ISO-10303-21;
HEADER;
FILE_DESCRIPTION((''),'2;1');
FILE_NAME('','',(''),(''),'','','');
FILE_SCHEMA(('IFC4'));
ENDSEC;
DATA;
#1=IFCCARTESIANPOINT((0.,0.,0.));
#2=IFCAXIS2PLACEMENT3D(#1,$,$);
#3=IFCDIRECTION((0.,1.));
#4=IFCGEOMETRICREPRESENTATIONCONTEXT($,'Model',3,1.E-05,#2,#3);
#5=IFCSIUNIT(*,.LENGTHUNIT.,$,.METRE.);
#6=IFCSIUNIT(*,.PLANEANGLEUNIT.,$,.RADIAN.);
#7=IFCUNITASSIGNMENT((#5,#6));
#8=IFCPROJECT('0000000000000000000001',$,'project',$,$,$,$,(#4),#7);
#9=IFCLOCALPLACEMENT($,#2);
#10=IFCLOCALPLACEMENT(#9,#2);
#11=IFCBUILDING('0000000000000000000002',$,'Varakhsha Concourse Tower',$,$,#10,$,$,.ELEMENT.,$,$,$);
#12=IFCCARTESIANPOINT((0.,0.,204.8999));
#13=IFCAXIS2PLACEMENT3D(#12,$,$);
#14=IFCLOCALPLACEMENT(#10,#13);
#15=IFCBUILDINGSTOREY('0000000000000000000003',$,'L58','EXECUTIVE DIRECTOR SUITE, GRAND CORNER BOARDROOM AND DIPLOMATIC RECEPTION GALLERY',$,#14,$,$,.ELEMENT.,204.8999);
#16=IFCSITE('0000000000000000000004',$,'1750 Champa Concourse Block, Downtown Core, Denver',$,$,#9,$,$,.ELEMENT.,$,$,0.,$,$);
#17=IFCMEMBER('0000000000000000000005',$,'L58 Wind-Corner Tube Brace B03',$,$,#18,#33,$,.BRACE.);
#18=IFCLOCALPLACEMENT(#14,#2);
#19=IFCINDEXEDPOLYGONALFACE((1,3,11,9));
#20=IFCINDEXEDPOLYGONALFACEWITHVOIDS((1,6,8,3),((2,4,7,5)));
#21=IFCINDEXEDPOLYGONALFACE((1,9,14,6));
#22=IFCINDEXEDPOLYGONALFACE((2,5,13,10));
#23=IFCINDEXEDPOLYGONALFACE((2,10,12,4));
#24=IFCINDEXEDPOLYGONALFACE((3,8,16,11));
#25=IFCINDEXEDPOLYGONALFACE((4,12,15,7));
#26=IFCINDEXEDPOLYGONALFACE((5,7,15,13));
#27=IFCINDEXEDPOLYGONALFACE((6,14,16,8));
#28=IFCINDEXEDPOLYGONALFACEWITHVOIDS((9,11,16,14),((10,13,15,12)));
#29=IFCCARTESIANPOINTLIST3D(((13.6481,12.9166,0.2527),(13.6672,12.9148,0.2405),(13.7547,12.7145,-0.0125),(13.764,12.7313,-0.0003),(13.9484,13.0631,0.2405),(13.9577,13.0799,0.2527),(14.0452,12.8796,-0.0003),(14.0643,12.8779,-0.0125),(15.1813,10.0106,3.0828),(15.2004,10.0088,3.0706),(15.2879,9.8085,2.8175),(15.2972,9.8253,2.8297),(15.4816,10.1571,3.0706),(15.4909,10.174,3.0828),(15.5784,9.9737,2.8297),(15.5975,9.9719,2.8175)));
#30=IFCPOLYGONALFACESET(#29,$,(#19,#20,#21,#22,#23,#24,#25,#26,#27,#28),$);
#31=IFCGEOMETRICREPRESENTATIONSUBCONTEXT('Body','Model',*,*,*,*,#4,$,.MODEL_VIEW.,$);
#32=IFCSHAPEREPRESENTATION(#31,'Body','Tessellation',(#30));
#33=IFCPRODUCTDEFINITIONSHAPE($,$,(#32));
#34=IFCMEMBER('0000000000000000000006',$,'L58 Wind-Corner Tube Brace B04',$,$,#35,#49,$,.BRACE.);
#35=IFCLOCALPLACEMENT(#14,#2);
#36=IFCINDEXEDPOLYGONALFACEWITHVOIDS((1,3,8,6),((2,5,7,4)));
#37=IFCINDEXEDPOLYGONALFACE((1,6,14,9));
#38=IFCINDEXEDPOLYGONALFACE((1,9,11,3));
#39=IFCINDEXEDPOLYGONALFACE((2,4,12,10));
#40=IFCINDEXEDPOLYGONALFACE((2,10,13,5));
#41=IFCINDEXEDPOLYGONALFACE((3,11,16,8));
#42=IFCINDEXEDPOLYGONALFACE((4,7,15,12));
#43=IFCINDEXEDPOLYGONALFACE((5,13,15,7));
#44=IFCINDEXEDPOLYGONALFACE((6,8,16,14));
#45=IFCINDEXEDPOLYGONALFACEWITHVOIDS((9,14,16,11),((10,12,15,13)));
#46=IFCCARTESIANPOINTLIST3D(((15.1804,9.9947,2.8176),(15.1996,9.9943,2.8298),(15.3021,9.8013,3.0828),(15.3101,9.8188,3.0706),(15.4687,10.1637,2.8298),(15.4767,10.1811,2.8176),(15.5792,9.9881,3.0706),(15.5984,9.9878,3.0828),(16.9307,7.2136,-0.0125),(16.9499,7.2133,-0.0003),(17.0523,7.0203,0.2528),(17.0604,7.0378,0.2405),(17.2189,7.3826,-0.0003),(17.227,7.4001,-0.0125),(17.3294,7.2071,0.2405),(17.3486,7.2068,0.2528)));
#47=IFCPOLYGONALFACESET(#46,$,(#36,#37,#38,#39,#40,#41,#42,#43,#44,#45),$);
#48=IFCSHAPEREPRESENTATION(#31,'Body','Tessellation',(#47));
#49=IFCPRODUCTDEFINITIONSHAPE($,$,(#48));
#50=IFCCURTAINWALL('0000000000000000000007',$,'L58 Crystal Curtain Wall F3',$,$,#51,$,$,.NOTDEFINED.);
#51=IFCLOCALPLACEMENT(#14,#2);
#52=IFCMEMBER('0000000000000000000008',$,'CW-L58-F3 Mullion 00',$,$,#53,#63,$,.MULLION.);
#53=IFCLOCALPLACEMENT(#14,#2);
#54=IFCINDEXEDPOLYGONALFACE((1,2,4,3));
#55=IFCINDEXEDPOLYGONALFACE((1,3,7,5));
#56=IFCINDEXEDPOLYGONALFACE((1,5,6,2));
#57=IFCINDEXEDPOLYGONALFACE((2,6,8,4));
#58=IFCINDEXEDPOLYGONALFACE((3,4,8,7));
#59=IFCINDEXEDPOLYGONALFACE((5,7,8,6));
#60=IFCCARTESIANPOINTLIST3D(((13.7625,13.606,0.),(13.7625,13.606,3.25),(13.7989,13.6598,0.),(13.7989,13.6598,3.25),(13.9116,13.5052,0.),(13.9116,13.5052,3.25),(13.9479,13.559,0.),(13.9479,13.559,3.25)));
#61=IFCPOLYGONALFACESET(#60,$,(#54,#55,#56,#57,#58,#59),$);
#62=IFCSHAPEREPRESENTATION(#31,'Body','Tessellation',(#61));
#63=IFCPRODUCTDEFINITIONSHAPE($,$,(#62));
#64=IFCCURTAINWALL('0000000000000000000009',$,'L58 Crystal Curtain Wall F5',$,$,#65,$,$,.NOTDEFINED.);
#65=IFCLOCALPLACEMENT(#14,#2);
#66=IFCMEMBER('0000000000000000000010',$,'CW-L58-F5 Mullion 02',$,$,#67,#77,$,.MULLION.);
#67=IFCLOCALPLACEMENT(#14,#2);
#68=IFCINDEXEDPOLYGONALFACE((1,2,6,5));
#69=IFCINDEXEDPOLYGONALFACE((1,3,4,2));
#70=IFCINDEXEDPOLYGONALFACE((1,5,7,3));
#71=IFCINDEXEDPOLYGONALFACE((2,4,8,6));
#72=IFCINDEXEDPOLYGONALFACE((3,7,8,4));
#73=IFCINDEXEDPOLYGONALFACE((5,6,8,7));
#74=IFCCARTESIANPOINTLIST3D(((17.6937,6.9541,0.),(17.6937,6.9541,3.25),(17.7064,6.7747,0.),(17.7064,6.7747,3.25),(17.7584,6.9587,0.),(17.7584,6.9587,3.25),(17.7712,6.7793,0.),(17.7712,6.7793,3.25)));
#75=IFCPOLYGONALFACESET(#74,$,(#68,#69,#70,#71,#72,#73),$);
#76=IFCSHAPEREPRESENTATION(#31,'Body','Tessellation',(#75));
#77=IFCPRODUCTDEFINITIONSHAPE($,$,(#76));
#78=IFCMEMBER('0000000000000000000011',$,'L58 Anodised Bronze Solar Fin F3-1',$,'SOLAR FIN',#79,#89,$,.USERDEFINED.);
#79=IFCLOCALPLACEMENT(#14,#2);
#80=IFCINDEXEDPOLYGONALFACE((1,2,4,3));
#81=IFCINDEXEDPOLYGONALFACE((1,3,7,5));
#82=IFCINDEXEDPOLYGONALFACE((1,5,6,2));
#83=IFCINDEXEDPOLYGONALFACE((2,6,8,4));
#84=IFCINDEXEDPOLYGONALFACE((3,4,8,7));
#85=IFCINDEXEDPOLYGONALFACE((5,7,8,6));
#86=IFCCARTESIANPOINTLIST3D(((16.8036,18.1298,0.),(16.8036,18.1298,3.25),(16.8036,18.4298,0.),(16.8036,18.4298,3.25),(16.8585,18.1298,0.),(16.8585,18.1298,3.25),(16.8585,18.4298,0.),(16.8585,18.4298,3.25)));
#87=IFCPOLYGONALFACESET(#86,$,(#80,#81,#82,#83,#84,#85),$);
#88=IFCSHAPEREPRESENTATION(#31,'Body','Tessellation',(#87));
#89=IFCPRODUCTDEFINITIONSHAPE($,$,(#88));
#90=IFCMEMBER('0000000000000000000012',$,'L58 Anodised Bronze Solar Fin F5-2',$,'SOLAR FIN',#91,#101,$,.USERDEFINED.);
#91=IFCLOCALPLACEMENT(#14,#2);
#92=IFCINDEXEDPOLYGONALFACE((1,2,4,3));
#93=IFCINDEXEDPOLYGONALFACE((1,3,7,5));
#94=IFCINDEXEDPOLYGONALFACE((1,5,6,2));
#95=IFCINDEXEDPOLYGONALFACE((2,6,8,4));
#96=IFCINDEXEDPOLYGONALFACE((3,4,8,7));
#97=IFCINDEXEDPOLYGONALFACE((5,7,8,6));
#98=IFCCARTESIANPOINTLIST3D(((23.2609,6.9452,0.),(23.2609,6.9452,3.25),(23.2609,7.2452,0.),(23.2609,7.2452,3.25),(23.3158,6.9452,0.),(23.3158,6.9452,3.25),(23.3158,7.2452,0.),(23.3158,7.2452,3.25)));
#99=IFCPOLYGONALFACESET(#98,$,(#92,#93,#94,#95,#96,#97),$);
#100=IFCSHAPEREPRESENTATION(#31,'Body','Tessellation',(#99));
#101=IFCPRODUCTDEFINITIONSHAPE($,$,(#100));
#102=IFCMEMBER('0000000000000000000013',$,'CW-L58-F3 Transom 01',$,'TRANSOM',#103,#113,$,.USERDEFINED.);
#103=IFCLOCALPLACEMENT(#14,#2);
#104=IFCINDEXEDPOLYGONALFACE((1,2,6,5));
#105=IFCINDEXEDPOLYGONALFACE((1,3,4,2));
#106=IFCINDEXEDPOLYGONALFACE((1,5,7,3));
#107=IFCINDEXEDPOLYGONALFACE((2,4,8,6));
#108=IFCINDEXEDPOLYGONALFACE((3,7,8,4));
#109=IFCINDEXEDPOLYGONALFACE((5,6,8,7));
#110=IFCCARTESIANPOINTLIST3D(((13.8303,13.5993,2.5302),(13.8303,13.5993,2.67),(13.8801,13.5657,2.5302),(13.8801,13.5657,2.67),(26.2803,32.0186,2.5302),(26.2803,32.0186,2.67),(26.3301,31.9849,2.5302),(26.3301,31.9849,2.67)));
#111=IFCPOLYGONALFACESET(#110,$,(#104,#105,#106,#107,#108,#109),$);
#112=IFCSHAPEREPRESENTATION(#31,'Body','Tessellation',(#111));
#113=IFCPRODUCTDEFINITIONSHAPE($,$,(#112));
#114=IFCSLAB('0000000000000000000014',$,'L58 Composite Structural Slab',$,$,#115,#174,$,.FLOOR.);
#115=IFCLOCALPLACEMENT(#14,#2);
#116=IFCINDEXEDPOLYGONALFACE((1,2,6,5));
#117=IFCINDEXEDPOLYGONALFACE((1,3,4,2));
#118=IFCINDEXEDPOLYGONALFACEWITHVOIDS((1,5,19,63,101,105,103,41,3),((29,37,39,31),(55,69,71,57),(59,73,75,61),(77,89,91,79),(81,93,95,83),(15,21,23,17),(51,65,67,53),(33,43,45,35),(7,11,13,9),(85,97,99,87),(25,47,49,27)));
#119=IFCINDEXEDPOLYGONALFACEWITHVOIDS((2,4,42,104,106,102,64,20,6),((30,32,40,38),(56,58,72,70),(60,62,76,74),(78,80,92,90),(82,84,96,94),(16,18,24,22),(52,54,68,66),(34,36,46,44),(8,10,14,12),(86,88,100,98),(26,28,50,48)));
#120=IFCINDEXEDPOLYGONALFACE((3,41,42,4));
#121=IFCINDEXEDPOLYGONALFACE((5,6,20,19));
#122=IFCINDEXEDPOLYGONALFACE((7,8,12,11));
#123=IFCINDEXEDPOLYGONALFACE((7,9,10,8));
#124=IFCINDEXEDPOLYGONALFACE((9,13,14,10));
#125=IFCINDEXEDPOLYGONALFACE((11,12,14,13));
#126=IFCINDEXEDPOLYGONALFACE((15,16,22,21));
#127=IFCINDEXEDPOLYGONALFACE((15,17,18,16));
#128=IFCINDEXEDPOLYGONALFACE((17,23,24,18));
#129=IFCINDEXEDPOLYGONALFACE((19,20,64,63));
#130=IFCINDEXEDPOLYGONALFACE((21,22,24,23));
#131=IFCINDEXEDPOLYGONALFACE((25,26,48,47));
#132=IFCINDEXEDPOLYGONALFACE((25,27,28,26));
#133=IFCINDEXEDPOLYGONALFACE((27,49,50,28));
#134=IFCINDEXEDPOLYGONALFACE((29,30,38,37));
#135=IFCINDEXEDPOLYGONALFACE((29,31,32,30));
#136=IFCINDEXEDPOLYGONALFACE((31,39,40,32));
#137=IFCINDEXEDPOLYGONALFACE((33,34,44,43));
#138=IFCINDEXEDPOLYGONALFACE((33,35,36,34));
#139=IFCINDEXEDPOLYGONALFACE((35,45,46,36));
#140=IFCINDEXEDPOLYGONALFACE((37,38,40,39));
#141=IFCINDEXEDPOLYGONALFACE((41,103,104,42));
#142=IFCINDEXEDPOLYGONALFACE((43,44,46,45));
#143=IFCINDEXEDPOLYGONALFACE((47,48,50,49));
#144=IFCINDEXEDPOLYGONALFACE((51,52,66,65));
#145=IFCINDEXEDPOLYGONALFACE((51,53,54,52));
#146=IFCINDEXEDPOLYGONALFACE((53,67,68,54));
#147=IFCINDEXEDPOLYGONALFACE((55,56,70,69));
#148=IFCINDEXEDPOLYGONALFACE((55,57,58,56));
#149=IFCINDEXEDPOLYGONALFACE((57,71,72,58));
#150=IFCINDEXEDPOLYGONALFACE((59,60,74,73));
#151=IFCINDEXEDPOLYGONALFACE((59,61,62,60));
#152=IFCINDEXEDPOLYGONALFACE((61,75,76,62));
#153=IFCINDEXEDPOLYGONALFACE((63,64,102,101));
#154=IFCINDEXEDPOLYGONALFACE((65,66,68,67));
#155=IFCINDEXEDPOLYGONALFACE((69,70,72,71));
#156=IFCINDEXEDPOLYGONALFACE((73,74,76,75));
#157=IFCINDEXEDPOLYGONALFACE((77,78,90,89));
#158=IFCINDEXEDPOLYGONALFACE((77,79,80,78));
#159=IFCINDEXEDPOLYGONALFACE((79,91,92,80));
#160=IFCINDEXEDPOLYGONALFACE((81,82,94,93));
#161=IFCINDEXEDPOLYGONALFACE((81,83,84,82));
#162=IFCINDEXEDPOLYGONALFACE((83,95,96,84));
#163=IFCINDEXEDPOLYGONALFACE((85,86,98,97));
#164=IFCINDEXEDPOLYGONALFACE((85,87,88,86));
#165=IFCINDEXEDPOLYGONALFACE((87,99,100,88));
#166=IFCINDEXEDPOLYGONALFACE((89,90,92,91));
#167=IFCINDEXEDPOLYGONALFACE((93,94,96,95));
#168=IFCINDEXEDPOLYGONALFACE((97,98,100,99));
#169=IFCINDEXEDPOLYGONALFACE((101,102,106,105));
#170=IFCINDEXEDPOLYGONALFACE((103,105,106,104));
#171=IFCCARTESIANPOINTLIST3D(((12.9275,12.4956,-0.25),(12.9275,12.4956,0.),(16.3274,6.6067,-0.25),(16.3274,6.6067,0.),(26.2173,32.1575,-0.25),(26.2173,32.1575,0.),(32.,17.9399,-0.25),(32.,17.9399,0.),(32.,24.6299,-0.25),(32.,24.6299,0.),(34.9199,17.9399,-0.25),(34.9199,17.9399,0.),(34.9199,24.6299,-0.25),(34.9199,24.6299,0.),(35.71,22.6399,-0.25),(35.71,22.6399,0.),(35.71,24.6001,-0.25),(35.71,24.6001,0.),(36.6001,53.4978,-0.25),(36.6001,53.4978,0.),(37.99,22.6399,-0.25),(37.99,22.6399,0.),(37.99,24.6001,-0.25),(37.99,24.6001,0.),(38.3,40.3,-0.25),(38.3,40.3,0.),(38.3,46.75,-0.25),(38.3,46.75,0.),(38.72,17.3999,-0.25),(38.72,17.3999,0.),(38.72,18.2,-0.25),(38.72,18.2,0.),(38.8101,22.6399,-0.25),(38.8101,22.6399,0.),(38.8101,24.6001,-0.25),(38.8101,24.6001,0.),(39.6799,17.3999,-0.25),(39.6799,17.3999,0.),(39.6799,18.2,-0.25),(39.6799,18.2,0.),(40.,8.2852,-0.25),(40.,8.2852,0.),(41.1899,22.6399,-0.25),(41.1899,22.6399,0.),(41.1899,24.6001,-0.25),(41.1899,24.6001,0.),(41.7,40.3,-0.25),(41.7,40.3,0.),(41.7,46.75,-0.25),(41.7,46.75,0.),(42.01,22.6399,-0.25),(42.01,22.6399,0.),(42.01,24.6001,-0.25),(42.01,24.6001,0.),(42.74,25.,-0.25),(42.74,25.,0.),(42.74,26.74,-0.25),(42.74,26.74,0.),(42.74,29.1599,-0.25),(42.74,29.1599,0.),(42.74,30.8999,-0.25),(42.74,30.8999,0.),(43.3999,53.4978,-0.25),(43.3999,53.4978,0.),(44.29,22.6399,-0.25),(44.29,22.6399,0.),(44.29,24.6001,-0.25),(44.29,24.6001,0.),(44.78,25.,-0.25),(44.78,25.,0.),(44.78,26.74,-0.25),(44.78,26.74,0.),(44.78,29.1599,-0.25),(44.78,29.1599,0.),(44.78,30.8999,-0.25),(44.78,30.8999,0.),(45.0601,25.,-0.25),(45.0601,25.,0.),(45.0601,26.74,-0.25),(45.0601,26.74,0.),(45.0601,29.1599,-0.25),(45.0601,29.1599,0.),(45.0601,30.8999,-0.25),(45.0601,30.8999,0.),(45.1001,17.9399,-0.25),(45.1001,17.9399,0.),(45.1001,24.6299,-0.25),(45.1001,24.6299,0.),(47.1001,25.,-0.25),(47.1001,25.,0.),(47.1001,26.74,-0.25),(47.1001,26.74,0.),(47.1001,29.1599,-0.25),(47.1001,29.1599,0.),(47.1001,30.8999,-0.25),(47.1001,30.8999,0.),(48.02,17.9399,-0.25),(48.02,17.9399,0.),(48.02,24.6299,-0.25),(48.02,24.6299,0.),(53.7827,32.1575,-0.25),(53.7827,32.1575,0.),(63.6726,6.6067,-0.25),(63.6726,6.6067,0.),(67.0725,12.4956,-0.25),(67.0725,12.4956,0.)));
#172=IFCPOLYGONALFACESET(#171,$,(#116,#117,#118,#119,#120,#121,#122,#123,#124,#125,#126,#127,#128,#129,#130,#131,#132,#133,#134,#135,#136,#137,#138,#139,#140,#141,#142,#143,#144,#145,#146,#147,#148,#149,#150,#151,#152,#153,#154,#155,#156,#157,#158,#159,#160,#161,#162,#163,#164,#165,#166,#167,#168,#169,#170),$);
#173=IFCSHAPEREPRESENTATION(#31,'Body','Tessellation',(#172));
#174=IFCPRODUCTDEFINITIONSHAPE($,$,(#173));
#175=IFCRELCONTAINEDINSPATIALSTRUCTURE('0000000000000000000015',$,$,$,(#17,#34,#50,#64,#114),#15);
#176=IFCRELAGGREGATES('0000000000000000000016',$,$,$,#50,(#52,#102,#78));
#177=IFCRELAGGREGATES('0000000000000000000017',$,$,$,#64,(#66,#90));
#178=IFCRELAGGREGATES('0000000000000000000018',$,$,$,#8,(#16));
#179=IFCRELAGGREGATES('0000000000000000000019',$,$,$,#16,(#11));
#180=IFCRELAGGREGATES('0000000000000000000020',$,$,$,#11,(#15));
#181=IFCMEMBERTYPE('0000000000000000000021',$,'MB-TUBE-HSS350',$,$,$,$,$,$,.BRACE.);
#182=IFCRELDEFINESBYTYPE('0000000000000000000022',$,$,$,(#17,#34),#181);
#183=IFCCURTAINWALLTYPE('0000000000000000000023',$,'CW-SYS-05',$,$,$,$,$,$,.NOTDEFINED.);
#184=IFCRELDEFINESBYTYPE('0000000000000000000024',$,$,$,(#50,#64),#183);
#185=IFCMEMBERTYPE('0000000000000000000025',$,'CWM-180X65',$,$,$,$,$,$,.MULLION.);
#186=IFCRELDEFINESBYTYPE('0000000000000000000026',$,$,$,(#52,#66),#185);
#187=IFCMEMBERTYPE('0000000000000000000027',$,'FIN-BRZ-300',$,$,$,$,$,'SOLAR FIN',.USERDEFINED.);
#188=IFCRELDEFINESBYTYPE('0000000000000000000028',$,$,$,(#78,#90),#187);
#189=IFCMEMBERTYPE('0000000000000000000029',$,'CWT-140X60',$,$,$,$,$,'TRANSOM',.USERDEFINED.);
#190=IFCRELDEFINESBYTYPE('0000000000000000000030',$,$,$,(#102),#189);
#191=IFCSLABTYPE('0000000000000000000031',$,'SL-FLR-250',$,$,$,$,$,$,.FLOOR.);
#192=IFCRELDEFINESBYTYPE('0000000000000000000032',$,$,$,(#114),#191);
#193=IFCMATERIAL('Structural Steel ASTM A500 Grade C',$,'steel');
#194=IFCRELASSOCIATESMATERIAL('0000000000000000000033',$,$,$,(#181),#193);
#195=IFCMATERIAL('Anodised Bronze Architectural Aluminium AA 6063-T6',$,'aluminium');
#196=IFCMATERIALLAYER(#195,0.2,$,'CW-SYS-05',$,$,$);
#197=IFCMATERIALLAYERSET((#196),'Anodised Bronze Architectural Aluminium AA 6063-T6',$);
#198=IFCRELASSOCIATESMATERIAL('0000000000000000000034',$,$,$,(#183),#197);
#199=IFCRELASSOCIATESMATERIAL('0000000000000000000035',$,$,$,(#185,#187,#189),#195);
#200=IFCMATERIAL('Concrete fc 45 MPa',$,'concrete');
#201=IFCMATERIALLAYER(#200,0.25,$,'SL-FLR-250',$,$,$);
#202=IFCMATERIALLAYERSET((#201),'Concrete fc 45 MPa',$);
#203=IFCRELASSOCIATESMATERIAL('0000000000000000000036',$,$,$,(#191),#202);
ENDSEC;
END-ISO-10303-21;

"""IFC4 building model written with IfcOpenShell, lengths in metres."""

from ifc_helpers import new_model, si_unit, direction, frame, origin, origin_2d, place, context, subcontext, project, spatial, polyline, rectangle, hollow_rectangle, outline, extrude, source, transform, mapped, material, layer, layer_set, material_profile, profile_set, type_object, type_shapes, element, aggregate, save


model = new_model("IFC4")

# Units and contexts
model_context = context("Model", 3, precision=1e-05, world=origin(), true_north=direction((0.0, 1.0)))
body_context = subcontext(model_context, "Body", "Model", "MODEL_VIEW")
ifc_project = project(units=[si_unit("LENGTHUNIT", "METRE"), si_unit("PLANEANGLEUNIT", "RADIAN")], contexts=[model_context])

# Site, building, storey
site_placement = place(None, origin())
site = spatial("IfcSite", under=ifc_project, at=site_placement, Name="1750 Champa Concourse Block, Downtown Core, Denver", CompositionType="ELEMENT", RefElevation=0.0)
building_placement = place(site_placement, origin())
building = spatial("IfcBuilding", under=site, at=building_placement, Name="Varakhsha Concourse Tower", CompositionType="ELEMENT")
storey_placement = place(building_placement, frame((0.0, 0.0, 204.8999)))
storey = spatial("IfcBuildingStorey", under=building, at=storey_placement, Name="L58", Description="EXECUTIVE DIRECTOR SUITE, GRAND CORNER BOARDROOM AND DIPLOMATIC RECEPTION GALLERY", CompositionType="ELEMENT", Elevation=204.8999)

# Members
ifc_material_1 = material(Name="Structural Steel ASTM A500 Grade C", Category="steel")
ifc_material_profile_1 = material_profile(ifc_material_1, hollow_rectangle(XDim=0.3501, YDim=0.3501, WallThickness=0.0161, at=origin_2d()), Name="HSS 350x350x16")
ifc_profile_set_1 = profile_set([ifc_material_profile_1], Name="Structural Steel ASTM A500 Grade C")
member_type_1 = type_object("IfcMemberType", Name="MB-TUBE-HSS350", PredefinedType="BRACE", material=ifc_profile_set_1)
shared_shape_1 = source(origin(), body_context, "Body", "SweptSolid", [
    extrude(hollow_rectangle(XDim=0.3501, YDim=0.3501, WallThickness=0.0161, at=origin_2d()), origin(), (0.0, 0.0, 1.0), 4.3364),
])
member_1_placement = place(storey_placement, frame((13.8562, 12.8972, 0.1201), z_axis=(0.353561, -0.670133, 0.652623), x_axis=(0.88445, 0.466634, 0.0)))
element("IfcMember", 1, at=member_1_placement, inside=storey, type_object=member_type_1, Name="L58 Wind-Corner Tube Brace B03", PredefinedType="BRACE", context=body_context, shape_type="MappedRepresentation", body=[
    mapped(shared_shape_1, transform((0.0, 0.0, 0.0), scale=1.0)),
])
shared_shape_2 = source(origin(), body_context, "Body", "SweptSolid", [
    extrude(hollow_rectangle(XDim=0.3501, YDim=0.3501, WallThickness=0.0161, at=origin_2d()), origin(), (0.0, 0.0, 1.0), 4.3367),
])
type_shapes(member_type_1, [shared_shape_1, shared_shape_2])
member_2_placement = place(storey_placement, frame((17.1396, 7.2102, 0.1201), z_axis=(-0.403592, 0.641277, 0.652593), x_axis=(-0.846337, -0.532648, 0.0)))
element("IfcMember", 2, at=member_2_placement, inside=storey, type_object=member_type_1, Name="L58 Wind-Corner Tube Brace B04", PredefinedType="BRACE", context=body_context, shape_type="MappedRepresentation", body=[
    mapped(shared_shape_2, transform((0.0, 0.0, 0.0), scale=1.0)),
])

# Curtain walls, members
ifc_material_2 = material(Name="Anodised Bronze Architectural Aluminium AA 6063-T6", Category="aluminium")
ifc_layer_1 = layer(ifc_material_2, 0.2, Name="CW-SYS-05")
ifc_layer_set_1 = layer_set([ifc_layer_1], Name="Anodised Bronze Architectural Aluminium AA 6063-T6")
curtain_wall_type = type_object("IfcCurtainWallType", Name="CW-SYS-05", PredefinedType="NOTDEFINED", material=ifc_layer_set_1)
curtain_wall_1_placement = place(storey_placement, origin())
curtain_wall_1 = element("IfcCurtainWall", 3, at=curtain_wall_1_placement, inside=storey, type_object=curtain_wall_type, Name="L58 Crystal Curtain Wall F3", PredefinedType="NOTDEFINED")
ifc_material_profile_2 = material_profile(ifc_material_2, rectangle(XDim=0.0649, YDim=0.1799, at=origin_2d()), Name="CWM-180X65")
ifc_profile_set_2 = profile_set([ifc_material_profile_2], Name="Anodised Bronze Architectural Aluminium AA 6063-T6")
member_type_2 = type_object("IfcMemberType", Name="CWM-180X65", PredefinedType="MULLION", material=ifc_profile_set_2)
shared_shape_3 = source(origin(), body_context, "Body", "SweptSolid", [
    extrude(rectangle(XDim=0.0649, YDim=0.1799, at=origin_2d()), origin(), (0.0, 0.0, 1.0), 3.25),
])
type_shapes(member_type_2, [shared_shape_3])
member_3_placement = place(storey_placement, frame((13.8552, 13.5825, 0.0), z_axis=(0.0, 0.0, 1.0), x_axis=(0.559999, 0.828494, 0.0)))
member_3 = element("IfcMember", 4, at=member_3_placement, type_object=member_type_2, Name="CW-L58-F3 Mullion 00", PredefinedType="MULLION", context=body_context, shape_type="MappedRepresentation", body=[
    mapped(shared_shape_3, transform((0.0, 0.0, 0.0), scale=1.0)),
])
curtain_wall_2_placement = place(storey_placement, origin())
curtain_wall_2 = element("IfcCurtainWall", 5, at=curtain_wall_2_placement, inside=storey, type_object=curtain_wall_type, Name="L58 Crystal Curtain Wall F5", PredefinedType="NOTDEFINED")
member_4_placement = place(storey_placement, frame((17.7324, 6.8667, 0.0), z_axis=(0.0, 0.0, 1.0), x_axis=(-0.997496, -0.070723, 0.0)))
member_4 = element("IfcMember", 6, at=member_4_placement, type_object=member_type_2, Name="CW-L58-F5 Mullion 02", PredefinedType="MULLION", context=body_context, shape_type="MappedRepresentation", body=[
    mapped(shared_shape_3, transform((0.0, 0.0, 0.0), scale=1.0)),
])

# Members
ifc_material_profile_3 = material_profile(ifc_material_2, rectangle(XDim=0.0549, YDim=0.3, at=origin_2d()), Name="FIN-BRZ-300")
ifc_profile_set_3 = profile_set([ifc_material_profile_3], Name="Anodised Bronze Architectural Aluminium AA 6063-T6")
member_type_3 = type_object("IfcMemberType", Name="FIN-BRZ-300", ElementType="SOLAR FIN", PredefinedType="USERDEFINED", material=ifc_profile_set_3)
shared_shape_4 = source(origin(), body_context, "Body", "SweptSolid", [
    extrude(rectangle(XDim=0.0549, YDim=0.3, at=origin_2d()), origin(), (0.0, 0.0, 1.0), 3.25),
])
type_shapes(member_type_3, [shared_shape_4])
member_5_placement = place(storey_placement, frame((16.8311, 18.2798, 0.0), z_axis=(0.0, 0.0, 1.0), x_axis=(1.0, 0.0, 0.0)))
member_5 = element("IfcMember", 7, at=member_5_placement, type_object=member_type_3, Name="L58 Anodised Bronze Solar Fin F3-1", ObjectType="SOLAR FIN", PredefinedType="USERDEFINED", context=body_context, shape_type="MappedRepresentation", body=[
    mapped(shared_shape_4, transform((0.0, 0.0, 0.0), scale=1.0)),
])
member_6_placement = place(storey_placement, frame((23.2883, 7.0952, 0.0), z_axis=(0.0, 0.0, 1.0), x_axis=(1.0, 0.0, 0.0)))
member_6 = element("IfcMember", 8, at=member_6_placement, type_object=member_type_3, Name="L58 Anodised Bronze Solar Fin F5-2", ObjectType="SOLAR FIN", PredefinedType="USERDEFINED", context=body_context, shape_type="MappedRepresentation", body=[
    mapped(shared_shape_4, transform((0.0, 0.0, 0.0), scale=1.0)),
])
ifc_material_profile_4 = material_profile(ifc_material_2, rectangle(XDim=0.0601, YDim=0.1399, at=origin_2d()), Name="CWT-140X60")
ifc_profile_set_4 = profile_set([ifc_material_profile_4], Name="Anodised Bronze Architectural Aluminium AA 6063-T6")
member_type_4 = type_object("IfcMemberType", Name="CWT-140X60", ElementType="TRANSOM", PredefinedType="USERDEFINED", material=ifc_profile_set_4)
shared_shape_5 = source(origin(), body_context, "Body", "SweptSolid", [
    extrude(rectangle(XDim=0.0601, YDim=0.1399, at=origin_2d()), origin(), (0.0, 0.0, 1.0), 22.2322),
])
type_shapes(member_type_4, [shared_shape_5])
member_7_placement = place(storey_placement, frame((13.8552, 13.5825, 2.6001), z_axis=(0.559998, 0.828494, 0.0), x_axis=(-0.828494, 0.559998, 0.0)))
member_7 = element("IfcMember", 9, at=member_7_placement, type_object=member_type_4, Name="CW-L58-F3 Transom 01", ObjectType="TRANSOM", PredefinedType="USERDEFINED", context=body_context, shape_type="MappedRepresentation", body=[
    mapped(shared_shape_5, transform((0.0, 0.0, 0.0), scale=1.0)),
])

# Slab
ifc_material_3 = material(Name="Concrete fc 45 MPa", Category="concrete")
ifc_layer_2 = layer(ifc_material_3, 0.25, Name="SL-FLR-250")
ifc_layer_set_2 = layer_set([ifc_layer_2], Name="Concrete fc 45 MPa")
slab_type_1 = type_object("IfcSlabType", Name="SL-FLR-250", PredefinedType="FLOOR", material=ifc_layer_set_2)
slab_1_placement = place(storey_placement, frame((0.0, 0.0, -0.25)))
element("IfcSlab", 10, at=slab_1_placement, inside=storey, type_object=slab_type_1, Name="L58 Composite Structural Slab", PredefinedType="FLOOR", context=body_context, shape_type="SweptSolid", body=[
    extrude(outline(polyline([(43.3999, 53.4978), (36.6001, 53.4978), (26.2173, 32.1575), (12.9275, 12.4956), (16.3274, 6.6067), (40.0, 8.2852), (63.6726, 6.6067), (67.0725, 12.4956), (53.7827, 32.1575), (43.3999, 53.4978)]), holes=[polyline([(34.9199, 17.9399), (34.9199, 24.6299), (32.0, 24.6299), (32.0, 17.9399), (34.9199, 17.9399)]), polyline([(48.02, 17.9399), (48.02, 24.6299), (45.1001, 24.6299), (45.1001, 17.9399), (48.02, 17.9399)]), polyline([(41.7, 40.3), (41.7, 46.75), (38.3, 46.75), (38.3, 40.3), (41.7, 40.3)]), polyline([(42.74, 29.1599), (44.78, 29.1599), (44.78, 30.8999), (42.74, 30.8999), (42.74, 29.1599)]), polyline([(45.0601, 29.1599), (47.1001, 29.1599), (47.1001, 30.8999), (45.0601, 30.8999), (45.0601, 29.1599)]), polyline([(42.74, 25.0), (44.78, 25.0), (44.78, 26.74), (42.74, 26.74), (42.74, 25.0)]), polyline([(45.0601, 25.0), (47.1001, 25.0), (47.1001, 26.74), (45.0601, 26.74), (45.0601, 25.0)]), polyline([(35.71, 22.6399), (37.99, 22.6399), (37.99, 24.6001), (35.71, 24.6001), (35.71, 22.6399)]), polyline([(42.01, 22.6399), (44.29, 22.6399), (44.29, 24.6001), (42.01, 24.6001), (42.01, 22.6399)]), polyline([(38.8101, 22.6399), (41.1899, 22.6399), (41.1899, 24.6001), (38.8101, 24.6001), (38.8101, 22.6399)]), polyline([(38.72, 17.3999), (39.6799, 17.3999), (39.6799, 18.2), (38.72, 18.2), (38.72, 17.3999)])]), origin(), (0.0, 0.0, 1.0), 0.25),
])

aggregate(curtain_wall_1, [member_3, member_7, member_5])
aggregate(curtain_wall_2, [member_4, member_6])

save(model, "model.ifc")
